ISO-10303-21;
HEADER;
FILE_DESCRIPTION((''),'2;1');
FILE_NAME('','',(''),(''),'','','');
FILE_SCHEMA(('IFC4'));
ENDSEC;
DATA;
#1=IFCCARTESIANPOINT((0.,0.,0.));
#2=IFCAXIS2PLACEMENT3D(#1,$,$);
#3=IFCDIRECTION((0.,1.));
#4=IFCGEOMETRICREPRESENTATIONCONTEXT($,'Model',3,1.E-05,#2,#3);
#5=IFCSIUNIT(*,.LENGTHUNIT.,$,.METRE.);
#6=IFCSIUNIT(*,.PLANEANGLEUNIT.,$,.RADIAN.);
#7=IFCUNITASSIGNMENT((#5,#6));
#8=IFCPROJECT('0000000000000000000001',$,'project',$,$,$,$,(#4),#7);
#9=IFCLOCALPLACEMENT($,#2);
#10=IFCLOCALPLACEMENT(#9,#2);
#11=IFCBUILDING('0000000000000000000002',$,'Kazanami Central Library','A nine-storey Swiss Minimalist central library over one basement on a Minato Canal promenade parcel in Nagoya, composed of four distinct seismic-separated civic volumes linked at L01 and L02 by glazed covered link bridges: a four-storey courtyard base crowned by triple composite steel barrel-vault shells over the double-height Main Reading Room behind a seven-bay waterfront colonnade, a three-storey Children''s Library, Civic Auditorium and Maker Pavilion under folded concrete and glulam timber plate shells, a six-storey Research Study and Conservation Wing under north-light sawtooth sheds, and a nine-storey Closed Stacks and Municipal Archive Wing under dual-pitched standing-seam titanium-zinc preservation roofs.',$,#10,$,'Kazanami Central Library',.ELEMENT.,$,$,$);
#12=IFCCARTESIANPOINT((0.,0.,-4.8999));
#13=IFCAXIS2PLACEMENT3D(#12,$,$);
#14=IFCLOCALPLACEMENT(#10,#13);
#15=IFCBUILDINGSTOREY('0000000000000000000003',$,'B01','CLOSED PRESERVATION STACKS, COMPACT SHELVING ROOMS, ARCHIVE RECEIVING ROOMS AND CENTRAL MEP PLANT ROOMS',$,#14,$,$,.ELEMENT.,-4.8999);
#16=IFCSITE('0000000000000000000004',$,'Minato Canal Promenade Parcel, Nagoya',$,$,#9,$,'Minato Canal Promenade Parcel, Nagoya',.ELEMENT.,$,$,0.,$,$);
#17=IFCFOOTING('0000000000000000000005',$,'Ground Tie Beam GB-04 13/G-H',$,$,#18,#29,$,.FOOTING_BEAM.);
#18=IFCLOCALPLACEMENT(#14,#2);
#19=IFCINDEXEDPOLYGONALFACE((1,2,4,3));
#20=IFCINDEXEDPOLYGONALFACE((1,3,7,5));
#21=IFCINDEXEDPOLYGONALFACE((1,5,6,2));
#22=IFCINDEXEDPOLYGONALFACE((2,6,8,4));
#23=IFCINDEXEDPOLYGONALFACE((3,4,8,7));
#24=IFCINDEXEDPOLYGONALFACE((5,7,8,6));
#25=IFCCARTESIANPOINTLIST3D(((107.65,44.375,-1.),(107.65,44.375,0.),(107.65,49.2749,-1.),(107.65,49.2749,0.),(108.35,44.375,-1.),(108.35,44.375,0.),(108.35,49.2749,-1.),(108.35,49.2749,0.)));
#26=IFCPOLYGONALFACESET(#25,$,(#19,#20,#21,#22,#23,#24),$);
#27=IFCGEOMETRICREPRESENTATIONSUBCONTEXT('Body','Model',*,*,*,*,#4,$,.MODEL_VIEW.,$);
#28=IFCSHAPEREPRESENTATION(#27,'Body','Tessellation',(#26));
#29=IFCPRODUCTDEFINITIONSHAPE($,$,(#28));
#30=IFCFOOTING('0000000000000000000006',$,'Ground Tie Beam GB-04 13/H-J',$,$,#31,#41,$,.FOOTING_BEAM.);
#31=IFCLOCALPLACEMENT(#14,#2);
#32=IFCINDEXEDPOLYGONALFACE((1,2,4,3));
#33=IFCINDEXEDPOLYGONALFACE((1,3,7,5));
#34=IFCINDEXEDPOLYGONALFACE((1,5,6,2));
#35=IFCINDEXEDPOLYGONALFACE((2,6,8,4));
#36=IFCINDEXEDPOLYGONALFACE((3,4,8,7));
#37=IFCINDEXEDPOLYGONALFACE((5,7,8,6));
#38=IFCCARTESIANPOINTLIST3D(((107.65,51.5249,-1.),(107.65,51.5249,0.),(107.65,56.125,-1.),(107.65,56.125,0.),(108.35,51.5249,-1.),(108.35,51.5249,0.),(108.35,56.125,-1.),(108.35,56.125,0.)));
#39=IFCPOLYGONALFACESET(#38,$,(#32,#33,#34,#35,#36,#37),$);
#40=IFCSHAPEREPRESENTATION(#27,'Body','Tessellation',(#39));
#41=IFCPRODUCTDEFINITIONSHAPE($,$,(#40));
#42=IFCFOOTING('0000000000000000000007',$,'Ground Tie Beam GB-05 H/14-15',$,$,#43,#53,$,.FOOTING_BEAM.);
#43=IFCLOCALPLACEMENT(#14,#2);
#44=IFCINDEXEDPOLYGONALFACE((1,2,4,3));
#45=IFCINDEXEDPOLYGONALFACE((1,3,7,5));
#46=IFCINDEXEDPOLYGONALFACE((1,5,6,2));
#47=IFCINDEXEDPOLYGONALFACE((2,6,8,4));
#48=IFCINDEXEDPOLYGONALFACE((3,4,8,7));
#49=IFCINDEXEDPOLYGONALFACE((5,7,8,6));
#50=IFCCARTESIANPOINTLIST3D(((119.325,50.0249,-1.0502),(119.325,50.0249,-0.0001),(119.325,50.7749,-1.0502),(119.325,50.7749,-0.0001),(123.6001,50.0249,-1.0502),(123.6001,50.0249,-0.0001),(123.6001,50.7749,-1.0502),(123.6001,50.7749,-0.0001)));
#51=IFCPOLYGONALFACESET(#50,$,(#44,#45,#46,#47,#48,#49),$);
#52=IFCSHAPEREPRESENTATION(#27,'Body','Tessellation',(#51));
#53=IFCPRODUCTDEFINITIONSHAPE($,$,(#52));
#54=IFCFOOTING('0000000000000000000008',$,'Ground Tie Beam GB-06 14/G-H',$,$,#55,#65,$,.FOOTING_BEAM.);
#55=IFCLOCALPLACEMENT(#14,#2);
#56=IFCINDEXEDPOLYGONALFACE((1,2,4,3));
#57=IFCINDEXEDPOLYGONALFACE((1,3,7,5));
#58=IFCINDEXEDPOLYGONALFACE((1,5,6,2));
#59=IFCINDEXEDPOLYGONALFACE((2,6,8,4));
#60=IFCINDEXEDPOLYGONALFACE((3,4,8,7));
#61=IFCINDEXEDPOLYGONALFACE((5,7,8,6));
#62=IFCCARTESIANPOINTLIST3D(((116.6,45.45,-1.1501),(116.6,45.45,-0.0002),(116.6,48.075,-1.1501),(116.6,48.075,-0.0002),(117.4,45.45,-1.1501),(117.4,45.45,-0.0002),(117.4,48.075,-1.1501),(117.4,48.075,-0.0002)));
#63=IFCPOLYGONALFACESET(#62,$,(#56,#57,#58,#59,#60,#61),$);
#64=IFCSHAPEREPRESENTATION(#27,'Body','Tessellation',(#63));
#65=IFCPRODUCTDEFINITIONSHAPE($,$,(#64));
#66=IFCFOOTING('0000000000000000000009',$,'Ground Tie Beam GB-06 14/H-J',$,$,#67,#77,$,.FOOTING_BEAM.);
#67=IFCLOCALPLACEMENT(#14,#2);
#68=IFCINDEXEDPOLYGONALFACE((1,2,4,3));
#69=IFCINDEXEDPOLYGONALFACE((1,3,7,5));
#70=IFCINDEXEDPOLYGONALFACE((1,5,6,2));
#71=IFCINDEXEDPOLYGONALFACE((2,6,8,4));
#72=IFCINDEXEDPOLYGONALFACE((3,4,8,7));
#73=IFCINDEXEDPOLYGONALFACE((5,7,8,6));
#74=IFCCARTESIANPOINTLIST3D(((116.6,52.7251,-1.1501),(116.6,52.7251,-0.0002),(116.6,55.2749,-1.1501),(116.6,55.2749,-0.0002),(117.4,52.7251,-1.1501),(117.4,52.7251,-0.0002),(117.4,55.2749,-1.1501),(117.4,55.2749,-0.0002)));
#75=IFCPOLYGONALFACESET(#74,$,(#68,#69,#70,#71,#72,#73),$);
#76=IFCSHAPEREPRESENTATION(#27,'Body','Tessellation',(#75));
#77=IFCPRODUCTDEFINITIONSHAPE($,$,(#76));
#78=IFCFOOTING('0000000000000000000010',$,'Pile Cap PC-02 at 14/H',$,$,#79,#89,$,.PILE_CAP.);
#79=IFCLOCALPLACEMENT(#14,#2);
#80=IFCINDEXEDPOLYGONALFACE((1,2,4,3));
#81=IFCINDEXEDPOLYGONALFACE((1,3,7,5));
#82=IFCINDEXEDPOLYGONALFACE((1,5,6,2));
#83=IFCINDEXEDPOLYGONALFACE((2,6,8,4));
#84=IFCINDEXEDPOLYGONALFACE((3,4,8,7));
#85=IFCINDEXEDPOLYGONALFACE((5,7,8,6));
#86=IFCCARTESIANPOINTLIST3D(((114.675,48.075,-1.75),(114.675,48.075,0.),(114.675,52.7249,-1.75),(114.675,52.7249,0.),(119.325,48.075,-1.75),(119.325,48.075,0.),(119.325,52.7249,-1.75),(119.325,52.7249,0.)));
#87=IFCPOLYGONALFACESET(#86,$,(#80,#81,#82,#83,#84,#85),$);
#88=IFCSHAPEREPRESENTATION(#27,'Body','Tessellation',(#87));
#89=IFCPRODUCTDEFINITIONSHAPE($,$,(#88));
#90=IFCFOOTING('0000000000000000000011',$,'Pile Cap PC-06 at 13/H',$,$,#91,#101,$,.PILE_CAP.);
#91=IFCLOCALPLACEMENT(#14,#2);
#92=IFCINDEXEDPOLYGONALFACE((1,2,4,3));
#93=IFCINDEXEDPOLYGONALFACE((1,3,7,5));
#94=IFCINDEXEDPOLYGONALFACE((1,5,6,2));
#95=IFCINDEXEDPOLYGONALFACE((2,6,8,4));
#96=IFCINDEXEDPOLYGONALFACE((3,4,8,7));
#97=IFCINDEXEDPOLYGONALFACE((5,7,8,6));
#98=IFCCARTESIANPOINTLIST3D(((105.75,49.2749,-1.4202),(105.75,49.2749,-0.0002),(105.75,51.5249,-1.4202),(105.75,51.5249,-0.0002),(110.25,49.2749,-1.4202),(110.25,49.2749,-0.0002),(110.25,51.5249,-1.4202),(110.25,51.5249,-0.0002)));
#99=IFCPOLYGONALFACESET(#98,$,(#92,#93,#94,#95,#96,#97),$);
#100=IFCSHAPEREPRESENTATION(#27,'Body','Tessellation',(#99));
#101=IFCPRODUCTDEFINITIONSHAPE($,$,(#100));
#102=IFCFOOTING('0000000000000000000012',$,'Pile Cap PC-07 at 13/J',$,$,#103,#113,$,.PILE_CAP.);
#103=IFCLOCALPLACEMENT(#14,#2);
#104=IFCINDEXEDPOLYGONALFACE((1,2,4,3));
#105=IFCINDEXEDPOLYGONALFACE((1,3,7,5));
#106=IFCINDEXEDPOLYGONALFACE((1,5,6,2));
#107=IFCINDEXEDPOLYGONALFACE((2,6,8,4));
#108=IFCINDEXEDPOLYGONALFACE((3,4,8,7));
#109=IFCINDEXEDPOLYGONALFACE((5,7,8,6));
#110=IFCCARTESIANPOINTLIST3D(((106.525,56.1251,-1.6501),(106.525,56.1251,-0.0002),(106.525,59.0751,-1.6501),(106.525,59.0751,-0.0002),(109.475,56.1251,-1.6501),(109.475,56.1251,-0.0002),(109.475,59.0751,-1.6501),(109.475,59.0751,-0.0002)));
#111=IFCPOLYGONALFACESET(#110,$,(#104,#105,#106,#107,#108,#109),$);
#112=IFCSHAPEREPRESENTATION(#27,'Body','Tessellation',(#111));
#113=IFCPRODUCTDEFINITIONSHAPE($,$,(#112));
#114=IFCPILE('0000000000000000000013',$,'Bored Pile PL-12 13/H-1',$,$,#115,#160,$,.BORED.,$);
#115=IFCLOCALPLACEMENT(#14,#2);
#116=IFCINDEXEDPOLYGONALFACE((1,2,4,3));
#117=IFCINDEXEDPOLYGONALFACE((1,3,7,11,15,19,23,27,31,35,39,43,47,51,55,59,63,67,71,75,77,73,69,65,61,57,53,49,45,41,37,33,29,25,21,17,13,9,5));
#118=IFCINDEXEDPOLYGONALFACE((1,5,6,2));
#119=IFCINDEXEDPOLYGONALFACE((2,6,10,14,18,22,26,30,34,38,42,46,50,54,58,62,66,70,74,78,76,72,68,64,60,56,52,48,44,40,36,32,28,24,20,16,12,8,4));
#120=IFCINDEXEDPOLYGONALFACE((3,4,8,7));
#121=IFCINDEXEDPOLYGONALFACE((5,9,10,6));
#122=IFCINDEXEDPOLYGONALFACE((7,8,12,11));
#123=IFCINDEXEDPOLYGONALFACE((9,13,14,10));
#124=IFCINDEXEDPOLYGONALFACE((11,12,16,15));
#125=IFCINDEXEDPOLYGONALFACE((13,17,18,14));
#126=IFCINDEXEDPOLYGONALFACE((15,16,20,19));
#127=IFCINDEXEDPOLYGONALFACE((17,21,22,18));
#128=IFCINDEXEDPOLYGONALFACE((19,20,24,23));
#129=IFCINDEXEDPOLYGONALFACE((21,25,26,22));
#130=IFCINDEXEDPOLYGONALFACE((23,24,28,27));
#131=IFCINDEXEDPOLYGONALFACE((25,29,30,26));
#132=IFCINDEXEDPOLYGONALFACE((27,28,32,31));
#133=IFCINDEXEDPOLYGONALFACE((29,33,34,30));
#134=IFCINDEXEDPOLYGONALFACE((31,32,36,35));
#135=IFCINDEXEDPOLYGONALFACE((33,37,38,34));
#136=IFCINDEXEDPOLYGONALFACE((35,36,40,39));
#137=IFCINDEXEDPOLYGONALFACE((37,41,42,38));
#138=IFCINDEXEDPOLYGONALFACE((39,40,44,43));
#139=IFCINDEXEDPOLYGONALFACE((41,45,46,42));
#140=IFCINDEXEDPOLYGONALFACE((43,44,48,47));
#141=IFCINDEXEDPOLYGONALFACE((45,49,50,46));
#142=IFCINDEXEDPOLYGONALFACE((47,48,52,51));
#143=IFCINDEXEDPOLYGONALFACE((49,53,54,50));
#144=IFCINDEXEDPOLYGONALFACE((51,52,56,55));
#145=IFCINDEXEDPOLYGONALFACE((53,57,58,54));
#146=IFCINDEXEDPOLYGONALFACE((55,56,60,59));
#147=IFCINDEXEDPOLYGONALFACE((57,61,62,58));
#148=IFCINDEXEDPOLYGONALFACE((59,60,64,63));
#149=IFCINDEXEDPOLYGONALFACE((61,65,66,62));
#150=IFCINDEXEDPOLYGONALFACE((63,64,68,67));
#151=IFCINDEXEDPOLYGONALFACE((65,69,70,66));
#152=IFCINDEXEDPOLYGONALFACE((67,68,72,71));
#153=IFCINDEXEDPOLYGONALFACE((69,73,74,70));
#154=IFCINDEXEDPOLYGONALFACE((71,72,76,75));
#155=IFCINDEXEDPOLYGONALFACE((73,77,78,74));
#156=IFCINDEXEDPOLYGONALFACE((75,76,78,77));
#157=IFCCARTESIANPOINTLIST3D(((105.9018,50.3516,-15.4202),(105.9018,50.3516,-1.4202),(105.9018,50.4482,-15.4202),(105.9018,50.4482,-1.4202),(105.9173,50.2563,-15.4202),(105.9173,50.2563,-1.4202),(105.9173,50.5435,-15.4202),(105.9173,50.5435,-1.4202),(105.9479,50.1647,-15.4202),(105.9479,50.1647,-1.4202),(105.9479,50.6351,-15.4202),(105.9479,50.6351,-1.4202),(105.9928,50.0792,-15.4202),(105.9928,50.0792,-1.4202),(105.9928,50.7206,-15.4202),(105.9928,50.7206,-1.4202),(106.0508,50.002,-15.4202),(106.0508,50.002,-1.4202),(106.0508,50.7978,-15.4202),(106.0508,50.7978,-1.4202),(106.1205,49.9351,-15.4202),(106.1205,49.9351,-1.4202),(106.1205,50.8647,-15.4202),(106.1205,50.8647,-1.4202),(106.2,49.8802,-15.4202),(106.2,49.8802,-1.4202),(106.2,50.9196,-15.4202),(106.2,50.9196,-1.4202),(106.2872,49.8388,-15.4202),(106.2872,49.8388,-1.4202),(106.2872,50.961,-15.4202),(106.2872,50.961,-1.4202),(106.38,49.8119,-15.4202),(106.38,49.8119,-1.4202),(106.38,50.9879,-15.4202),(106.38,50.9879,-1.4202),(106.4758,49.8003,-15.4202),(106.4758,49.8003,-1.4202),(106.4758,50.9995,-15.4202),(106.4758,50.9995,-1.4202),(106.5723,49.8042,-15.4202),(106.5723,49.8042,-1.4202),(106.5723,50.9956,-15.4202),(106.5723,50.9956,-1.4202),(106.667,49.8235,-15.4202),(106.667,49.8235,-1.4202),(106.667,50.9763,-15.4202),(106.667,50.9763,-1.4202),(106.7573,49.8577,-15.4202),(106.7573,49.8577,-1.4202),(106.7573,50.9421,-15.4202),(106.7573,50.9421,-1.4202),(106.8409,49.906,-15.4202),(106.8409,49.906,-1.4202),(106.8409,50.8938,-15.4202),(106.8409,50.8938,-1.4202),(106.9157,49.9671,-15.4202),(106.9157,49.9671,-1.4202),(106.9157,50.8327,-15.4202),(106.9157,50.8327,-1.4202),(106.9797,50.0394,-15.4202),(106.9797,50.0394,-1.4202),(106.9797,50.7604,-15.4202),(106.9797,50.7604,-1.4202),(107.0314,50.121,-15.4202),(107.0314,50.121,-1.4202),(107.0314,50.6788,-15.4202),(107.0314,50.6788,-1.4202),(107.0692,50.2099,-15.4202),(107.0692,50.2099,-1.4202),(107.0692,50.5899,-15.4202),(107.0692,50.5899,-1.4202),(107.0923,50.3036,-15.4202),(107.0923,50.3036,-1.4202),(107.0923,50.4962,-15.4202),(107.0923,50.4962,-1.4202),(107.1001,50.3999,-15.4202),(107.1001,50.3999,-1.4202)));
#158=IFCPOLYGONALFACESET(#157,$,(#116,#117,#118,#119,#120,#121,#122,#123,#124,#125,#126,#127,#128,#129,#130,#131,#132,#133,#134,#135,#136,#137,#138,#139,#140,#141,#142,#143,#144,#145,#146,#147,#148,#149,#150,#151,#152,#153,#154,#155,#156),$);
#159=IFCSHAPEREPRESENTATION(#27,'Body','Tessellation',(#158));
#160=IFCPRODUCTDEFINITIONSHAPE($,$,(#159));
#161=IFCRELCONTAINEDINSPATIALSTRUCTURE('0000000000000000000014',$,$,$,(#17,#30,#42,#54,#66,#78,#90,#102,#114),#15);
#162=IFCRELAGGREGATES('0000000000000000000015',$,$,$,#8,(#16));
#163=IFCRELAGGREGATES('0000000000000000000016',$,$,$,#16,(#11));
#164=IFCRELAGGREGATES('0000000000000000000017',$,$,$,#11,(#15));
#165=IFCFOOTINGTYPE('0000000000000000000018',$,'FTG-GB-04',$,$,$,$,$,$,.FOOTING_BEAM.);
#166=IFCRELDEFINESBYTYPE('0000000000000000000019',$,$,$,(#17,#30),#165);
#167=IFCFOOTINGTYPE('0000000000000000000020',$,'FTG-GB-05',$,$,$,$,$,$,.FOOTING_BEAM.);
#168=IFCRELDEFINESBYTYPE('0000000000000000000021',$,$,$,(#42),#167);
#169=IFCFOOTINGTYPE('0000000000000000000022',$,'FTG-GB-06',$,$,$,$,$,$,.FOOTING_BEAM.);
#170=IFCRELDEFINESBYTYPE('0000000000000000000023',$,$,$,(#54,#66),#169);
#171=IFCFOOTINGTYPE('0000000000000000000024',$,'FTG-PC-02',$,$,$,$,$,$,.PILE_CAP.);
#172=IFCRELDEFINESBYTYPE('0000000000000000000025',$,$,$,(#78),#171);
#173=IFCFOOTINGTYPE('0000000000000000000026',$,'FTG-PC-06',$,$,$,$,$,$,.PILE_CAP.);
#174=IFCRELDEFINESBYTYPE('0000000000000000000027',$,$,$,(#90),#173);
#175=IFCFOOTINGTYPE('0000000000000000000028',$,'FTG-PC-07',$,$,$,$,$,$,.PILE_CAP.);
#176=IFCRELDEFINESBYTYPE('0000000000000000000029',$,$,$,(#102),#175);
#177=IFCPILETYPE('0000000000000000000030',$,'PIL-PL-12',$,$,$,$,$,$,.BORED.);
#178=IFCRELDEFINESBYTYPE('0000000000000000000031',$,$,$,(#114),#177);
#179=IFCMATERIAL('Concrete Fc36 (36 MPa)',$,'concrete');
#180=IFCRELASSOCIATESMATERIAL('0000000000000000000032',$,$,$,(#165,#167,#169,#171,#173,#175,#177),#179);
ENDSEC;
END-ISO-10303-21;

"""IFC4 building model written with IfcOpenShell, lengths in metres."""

from ifc_helpers import new_model, si_unit, direction, frame, origin, origin_2d, place, context, subcontext, project, spatial, rectangle, circle, extrude, material, material_profile, profile_set, type_object, element, save


model = new_model("IFC4")

# Units and contexts
model_context = context("Model", 3, precision=1e-05, world=origin(), true_north=direction((0.0, 1.0)))
body_context = subcontext(model_context, "Body", "Model", "MODEL_VIEW")
ifc_project = project(units=[si_unit("LENGTHUNIT", "METRE"), si_unit("PLANEANGLEUNIT", "RADIAN")], contexts=[model_context])

# Site, building, storey
site_placement = place(None, origin())
site = spatial("IfcSite", under=ifc_project, at=site_placement, Name="Minato Canal Promenade Parcel, Nagoya", LongName="Minato Canal Promenade Parcel, Nagoya", CompositionType="ELEMENT", RefElevation=0.0)
building_placement = place(site_placement, origin())
building = spatial("IfcBuilding", under=site, at=building_placement, Name="Kazanami Central Library", Description="A nine-storey Swiss Minimalist central library over one basement on a Minato Canal promenade parcel in Nagoya, composed of four distinct seismic-separated civic volumes linked at L01 and L02 by glazed covered link bridges: a four-storey courtyard base crowned by triple composite steel barrel-vault shells over the double-height Main Reading Room behind a seven-bay waterfront colonnade, a three-storey Children's Library, Civic Auditorium and Maker Pavilion under folded concrete and glulam timber plate shells, a six-storey Research Study and Conservation Wing under north-light sawtooth sheds, and a nine-storey Closed Stacks and Municipal Archive Wing under dual-pitched standing-seam titanium-zinc preservation roofs.", LongName="Kazanami Central Library", CompositionType="ELEMENT")
storey_placement = place(building_placement, frame((0.0, 0.0, -4.8999)))
storey = spatial("IfcBuildingStorey", under=building, at=storey_placement, Name="B01", Description="CLOSED PRESERVATION STACKS, COMPACT SHELVING ROOMS, ARCHIVE RECEIVING ROOMS AND CENTRAL MEP PLANT ROOMS", CompositionType="ELEMENT", Elevation=-4.8999)

# Footings
ifc_material_1 = material(Name="Concrete Fc36 (36 MPa)", Category="concrete")
ifc_material_profile_1 = material_profile(ifc_material_1, rectangle(XDim=0.7, YDim=1.0, at=origin_2d()), Name="RC-700x1000")
ifc_profile_set_1 = profile_set([ifc_material_profile_1], Name="Concrete Fc36 (36 MPa)")
footing_type_1 = type_object("IfcFootingType", Name="FTG-GB-04", PredefinedType="FOOTING_BEAM", material=ifc_profile_set_1)
footing_1_placement = place(storey_placement, frame((108.0, 44.375, -0.5), z_axis=(0.0, 1.0, 0.0), x_axis=(-1.0, 0.0, 0.0)))
element("IfcFooting", 1, at=footing_1_placement, inside=storey, type_object=footing_type_1, Name="Ground Tie Beam GB-04 13/G-H", PredefinedType="FOOTING_BEAM", context=body_context, shape_type="SweptSolid", body=[
    extrude(rectangle(XDim=0.7, YDim=1.0, at=origin_2d()), origin(), (0.0, 0.0, 1.0), 4.8999),
])
footing_2_placement = place(storey_placement, frame((108.0, 51.5249, -0.5), z_axis=(0.0, 1.0, 0.0), x_axis=(-1.0, 0.0, 0.0)))
element("IfcFooting", 2, at=footing_2_placement, inside=storey, type_object=footing_type_1, Name="Ground Tie Beam GB-04 13/H-J", PredefinedType="FOOTING_BEAM", context=body_context, shape_type="SweptSolid", body=[
    extrude(rectangle(XDim=0.7, YDim=1.0, at=origin_2d()), origin(), (0.0, 0.0, 1.0), 4.6001),
])
ifc_material_profile_2 = material_profile(ifc_material_1, rectangle(XDim=0.75, YDim=1.05, at=origin_2d()), Name="RC-750x1050")
ifc_profile_set_2 = profile_set([ifc_material_profile_2], Name="Concrete Fc36 (36 MPa)")
footing_type_2 = type_object("IfcFootingType", Name="FTG-GB-05", PredefinedType="FOOTING_BEAM", material=ifc_profile_set_2)
footing_3_placement = place(storey_placement, frame((119.325, 50.3999, -0.5251), z_axis=(1.0, 0.0, 0.0), x_axis=(0.0, 1.0, 0.0)))
element("IfcFooting", 3, at=footing_3_placement, inside=storey, type_object=footing_type_2, Name="Ground Tie Beam GB-05 H/14-15", PredefinedType="FOOTING_BEAM", context=body_context, shape_type="SweptSolid", body=[
    extrude(rectangle(XDim=0.75, YDim=1.05, at=origin_2d()), origin(), (0.0, 0.0, 1.0), 4.2751),
])
ifc_material_profile_3 = material_profile(ifc_material_1, rectangle(XDim=0.8, YDim=1.1499, at=origin_2d()), Name="RC-800x1150")
ifc_profile_set_3 = profile_set([ifc_material_profile_3], Name="Concrete Fc36 (36 MPa)")
footing_type_3 = type_object("IfcFootingType", Name="FTG-GB-06", PredefinedType="FOOTING_BEAM", material=ifc_profile_set_3)
footing_4_placement = place(storey_placement, frame((117.0, 45.45, -0.5752), z_axis=(0.0, 1.0, 0.0), x_axis=(-1.0, 0.0, 0.0)))
element("IfcFooting", 4, at=footing_4_placement, inside=storey, type_object=footing_type_3, Name="Ground Tie Beam GB-06 14/G-H", PredefinedType="FOOTING_BEAM", context=body_context, shape_type="SweptSolid", body=[
    extrude(rectangle(XDim=0.8, YDim=1.1499, at=origin_2d()), origin(), (0.0, 0.0, 1.0), 2.625),
])
footing_5_placement = place(storey_placement, frame((117.0, 52.7251, -0.5752), z_axis=(0.0, 1.0, 0.0), x_axis=(-1.0, 0.0, 0.0)))
element("IfcFooting", 5, at=footing_5_placement, inside=storey, type_object=footing_type_3, Name="Ground Tie Beam GB-06 14/H-J", PredefinedType="FOOTING_BEAM", context=body_context, shape_type="SweptSolid", body=[
    extrude(rectangle(XDim=0.8, YDim=1.1499, at=origin_2d()), origin(), (0.0, 0.0, 1.0), 2.5498),
])
footing_type_4 = type_object("IfcFootingType", Name="FTG-PC-02", PredefinedType="PILE_CAP", material=ifc_material_1)
footing_6_placement = place(storey_placement, frame((117.0, 50.3999, -1.75), z_axis=(0.0, 0.0, 1.0), x_axis=(1.0, 0.0, 0.0)))
element("IfcFooting", 6, at=footing_6_placement, inside=storey, type_object=footing_type_4, Name="Pile Cap PC-02 at 14/H", PredefinedType="PILE_CAP", context=body_context, shape_type="SweptSolid", body=[
    extrude(rectangle(XDim=4.6499, YDim=4.6499, at=origin_2d()), origin(), (0.0, 0.0, 1.0), 1.75),
])
footing_type_5 = type_object("IfcFootingType", Name="FTG-PC-06", PredefinedType="PILE_CAP", material=ifc_material_1)
footing_7_placement = place(storey_placement, frame((108.0, 50.3999, -1.4202), z_axis=(0.0, 0.0, 1.0), x_axis=(1.0, 0.0, 0.0)))
element("IfcFooting", 7, at=footing_7_placement, inside=storey, type_object=footing_type_5, Name="Pile Cap PC-06 at 13/H", PredefinedType="PILE_CAP", context=body_context, shape_type="SweptSolid", body=[
    extrude(rectangle(XDim=4.5, YDim=2.25, at=origin_2d()), origin(), (0.0, 0.0, 1.0), 1.4199),
])
footing_type_6 = type_object("IfcFootingType", Name="FTG-PC-07", PredefinedType="PILE_CAP", material=ifc_material_1)
footing_8_placement = place(storey_placement, frame((108.0, 57.6001, -1.6501), z_axis=(0.0, 0.0, 1.0), x_axis=(1.0, 0.0, 0.0)))
element("IfcFooting", 8, at=footing_8_placement, inside=storey, type_object=footing_type_6, Name="Pile Cap PC-07 at 13/J", PredefinedType="PILE_CAP", context=body_context, shape_type="SweptSolid", body=[
    extrude(rectangle(XDim=2.95, YDim=2.95, at=origin_2d()), origin(), (0.0, 0.0, 1.0), 1.6499),
])

# Pile
ifc_material_profile_4 = material_profile(ifc_material_1, circle(Radius=0.6001, at=origin_2d()), Name="BORED-D1200")
ifc_profile_set_4 = profile_set([ifc_material_profile_4], Name="Concrete Fc36 (36 MPa)")
pile_type_1 = type_object("IfcPileType", Name="PIL-PL-12", PredefinedType="BORED", material=ifc_profile_set_4)
for number, where, z_axis, x_axis, name in (
    (9, (106.5, 50.3999, -1.4202), (0.0, 0.0, -1.0), (1.0, 0.0, 0.0), "Bored Pile PL-12 13/H-1"),
):
    element("IfcPile", number, at=place(storey_placement, frame(where, z_axis=z_axis, x_axis=x_axis)), inside=storey, type_object=pile_type_1, Name=name, PredefinedType="BORED", context=body_context, shape_type="SweptSolid", body=[
        extrude(circle(Radius=0.6001, at=origin_2d()), origin(), (0.0, 0.0, 1.0), 14.0),
    ])

save(model, "model.ifc")
